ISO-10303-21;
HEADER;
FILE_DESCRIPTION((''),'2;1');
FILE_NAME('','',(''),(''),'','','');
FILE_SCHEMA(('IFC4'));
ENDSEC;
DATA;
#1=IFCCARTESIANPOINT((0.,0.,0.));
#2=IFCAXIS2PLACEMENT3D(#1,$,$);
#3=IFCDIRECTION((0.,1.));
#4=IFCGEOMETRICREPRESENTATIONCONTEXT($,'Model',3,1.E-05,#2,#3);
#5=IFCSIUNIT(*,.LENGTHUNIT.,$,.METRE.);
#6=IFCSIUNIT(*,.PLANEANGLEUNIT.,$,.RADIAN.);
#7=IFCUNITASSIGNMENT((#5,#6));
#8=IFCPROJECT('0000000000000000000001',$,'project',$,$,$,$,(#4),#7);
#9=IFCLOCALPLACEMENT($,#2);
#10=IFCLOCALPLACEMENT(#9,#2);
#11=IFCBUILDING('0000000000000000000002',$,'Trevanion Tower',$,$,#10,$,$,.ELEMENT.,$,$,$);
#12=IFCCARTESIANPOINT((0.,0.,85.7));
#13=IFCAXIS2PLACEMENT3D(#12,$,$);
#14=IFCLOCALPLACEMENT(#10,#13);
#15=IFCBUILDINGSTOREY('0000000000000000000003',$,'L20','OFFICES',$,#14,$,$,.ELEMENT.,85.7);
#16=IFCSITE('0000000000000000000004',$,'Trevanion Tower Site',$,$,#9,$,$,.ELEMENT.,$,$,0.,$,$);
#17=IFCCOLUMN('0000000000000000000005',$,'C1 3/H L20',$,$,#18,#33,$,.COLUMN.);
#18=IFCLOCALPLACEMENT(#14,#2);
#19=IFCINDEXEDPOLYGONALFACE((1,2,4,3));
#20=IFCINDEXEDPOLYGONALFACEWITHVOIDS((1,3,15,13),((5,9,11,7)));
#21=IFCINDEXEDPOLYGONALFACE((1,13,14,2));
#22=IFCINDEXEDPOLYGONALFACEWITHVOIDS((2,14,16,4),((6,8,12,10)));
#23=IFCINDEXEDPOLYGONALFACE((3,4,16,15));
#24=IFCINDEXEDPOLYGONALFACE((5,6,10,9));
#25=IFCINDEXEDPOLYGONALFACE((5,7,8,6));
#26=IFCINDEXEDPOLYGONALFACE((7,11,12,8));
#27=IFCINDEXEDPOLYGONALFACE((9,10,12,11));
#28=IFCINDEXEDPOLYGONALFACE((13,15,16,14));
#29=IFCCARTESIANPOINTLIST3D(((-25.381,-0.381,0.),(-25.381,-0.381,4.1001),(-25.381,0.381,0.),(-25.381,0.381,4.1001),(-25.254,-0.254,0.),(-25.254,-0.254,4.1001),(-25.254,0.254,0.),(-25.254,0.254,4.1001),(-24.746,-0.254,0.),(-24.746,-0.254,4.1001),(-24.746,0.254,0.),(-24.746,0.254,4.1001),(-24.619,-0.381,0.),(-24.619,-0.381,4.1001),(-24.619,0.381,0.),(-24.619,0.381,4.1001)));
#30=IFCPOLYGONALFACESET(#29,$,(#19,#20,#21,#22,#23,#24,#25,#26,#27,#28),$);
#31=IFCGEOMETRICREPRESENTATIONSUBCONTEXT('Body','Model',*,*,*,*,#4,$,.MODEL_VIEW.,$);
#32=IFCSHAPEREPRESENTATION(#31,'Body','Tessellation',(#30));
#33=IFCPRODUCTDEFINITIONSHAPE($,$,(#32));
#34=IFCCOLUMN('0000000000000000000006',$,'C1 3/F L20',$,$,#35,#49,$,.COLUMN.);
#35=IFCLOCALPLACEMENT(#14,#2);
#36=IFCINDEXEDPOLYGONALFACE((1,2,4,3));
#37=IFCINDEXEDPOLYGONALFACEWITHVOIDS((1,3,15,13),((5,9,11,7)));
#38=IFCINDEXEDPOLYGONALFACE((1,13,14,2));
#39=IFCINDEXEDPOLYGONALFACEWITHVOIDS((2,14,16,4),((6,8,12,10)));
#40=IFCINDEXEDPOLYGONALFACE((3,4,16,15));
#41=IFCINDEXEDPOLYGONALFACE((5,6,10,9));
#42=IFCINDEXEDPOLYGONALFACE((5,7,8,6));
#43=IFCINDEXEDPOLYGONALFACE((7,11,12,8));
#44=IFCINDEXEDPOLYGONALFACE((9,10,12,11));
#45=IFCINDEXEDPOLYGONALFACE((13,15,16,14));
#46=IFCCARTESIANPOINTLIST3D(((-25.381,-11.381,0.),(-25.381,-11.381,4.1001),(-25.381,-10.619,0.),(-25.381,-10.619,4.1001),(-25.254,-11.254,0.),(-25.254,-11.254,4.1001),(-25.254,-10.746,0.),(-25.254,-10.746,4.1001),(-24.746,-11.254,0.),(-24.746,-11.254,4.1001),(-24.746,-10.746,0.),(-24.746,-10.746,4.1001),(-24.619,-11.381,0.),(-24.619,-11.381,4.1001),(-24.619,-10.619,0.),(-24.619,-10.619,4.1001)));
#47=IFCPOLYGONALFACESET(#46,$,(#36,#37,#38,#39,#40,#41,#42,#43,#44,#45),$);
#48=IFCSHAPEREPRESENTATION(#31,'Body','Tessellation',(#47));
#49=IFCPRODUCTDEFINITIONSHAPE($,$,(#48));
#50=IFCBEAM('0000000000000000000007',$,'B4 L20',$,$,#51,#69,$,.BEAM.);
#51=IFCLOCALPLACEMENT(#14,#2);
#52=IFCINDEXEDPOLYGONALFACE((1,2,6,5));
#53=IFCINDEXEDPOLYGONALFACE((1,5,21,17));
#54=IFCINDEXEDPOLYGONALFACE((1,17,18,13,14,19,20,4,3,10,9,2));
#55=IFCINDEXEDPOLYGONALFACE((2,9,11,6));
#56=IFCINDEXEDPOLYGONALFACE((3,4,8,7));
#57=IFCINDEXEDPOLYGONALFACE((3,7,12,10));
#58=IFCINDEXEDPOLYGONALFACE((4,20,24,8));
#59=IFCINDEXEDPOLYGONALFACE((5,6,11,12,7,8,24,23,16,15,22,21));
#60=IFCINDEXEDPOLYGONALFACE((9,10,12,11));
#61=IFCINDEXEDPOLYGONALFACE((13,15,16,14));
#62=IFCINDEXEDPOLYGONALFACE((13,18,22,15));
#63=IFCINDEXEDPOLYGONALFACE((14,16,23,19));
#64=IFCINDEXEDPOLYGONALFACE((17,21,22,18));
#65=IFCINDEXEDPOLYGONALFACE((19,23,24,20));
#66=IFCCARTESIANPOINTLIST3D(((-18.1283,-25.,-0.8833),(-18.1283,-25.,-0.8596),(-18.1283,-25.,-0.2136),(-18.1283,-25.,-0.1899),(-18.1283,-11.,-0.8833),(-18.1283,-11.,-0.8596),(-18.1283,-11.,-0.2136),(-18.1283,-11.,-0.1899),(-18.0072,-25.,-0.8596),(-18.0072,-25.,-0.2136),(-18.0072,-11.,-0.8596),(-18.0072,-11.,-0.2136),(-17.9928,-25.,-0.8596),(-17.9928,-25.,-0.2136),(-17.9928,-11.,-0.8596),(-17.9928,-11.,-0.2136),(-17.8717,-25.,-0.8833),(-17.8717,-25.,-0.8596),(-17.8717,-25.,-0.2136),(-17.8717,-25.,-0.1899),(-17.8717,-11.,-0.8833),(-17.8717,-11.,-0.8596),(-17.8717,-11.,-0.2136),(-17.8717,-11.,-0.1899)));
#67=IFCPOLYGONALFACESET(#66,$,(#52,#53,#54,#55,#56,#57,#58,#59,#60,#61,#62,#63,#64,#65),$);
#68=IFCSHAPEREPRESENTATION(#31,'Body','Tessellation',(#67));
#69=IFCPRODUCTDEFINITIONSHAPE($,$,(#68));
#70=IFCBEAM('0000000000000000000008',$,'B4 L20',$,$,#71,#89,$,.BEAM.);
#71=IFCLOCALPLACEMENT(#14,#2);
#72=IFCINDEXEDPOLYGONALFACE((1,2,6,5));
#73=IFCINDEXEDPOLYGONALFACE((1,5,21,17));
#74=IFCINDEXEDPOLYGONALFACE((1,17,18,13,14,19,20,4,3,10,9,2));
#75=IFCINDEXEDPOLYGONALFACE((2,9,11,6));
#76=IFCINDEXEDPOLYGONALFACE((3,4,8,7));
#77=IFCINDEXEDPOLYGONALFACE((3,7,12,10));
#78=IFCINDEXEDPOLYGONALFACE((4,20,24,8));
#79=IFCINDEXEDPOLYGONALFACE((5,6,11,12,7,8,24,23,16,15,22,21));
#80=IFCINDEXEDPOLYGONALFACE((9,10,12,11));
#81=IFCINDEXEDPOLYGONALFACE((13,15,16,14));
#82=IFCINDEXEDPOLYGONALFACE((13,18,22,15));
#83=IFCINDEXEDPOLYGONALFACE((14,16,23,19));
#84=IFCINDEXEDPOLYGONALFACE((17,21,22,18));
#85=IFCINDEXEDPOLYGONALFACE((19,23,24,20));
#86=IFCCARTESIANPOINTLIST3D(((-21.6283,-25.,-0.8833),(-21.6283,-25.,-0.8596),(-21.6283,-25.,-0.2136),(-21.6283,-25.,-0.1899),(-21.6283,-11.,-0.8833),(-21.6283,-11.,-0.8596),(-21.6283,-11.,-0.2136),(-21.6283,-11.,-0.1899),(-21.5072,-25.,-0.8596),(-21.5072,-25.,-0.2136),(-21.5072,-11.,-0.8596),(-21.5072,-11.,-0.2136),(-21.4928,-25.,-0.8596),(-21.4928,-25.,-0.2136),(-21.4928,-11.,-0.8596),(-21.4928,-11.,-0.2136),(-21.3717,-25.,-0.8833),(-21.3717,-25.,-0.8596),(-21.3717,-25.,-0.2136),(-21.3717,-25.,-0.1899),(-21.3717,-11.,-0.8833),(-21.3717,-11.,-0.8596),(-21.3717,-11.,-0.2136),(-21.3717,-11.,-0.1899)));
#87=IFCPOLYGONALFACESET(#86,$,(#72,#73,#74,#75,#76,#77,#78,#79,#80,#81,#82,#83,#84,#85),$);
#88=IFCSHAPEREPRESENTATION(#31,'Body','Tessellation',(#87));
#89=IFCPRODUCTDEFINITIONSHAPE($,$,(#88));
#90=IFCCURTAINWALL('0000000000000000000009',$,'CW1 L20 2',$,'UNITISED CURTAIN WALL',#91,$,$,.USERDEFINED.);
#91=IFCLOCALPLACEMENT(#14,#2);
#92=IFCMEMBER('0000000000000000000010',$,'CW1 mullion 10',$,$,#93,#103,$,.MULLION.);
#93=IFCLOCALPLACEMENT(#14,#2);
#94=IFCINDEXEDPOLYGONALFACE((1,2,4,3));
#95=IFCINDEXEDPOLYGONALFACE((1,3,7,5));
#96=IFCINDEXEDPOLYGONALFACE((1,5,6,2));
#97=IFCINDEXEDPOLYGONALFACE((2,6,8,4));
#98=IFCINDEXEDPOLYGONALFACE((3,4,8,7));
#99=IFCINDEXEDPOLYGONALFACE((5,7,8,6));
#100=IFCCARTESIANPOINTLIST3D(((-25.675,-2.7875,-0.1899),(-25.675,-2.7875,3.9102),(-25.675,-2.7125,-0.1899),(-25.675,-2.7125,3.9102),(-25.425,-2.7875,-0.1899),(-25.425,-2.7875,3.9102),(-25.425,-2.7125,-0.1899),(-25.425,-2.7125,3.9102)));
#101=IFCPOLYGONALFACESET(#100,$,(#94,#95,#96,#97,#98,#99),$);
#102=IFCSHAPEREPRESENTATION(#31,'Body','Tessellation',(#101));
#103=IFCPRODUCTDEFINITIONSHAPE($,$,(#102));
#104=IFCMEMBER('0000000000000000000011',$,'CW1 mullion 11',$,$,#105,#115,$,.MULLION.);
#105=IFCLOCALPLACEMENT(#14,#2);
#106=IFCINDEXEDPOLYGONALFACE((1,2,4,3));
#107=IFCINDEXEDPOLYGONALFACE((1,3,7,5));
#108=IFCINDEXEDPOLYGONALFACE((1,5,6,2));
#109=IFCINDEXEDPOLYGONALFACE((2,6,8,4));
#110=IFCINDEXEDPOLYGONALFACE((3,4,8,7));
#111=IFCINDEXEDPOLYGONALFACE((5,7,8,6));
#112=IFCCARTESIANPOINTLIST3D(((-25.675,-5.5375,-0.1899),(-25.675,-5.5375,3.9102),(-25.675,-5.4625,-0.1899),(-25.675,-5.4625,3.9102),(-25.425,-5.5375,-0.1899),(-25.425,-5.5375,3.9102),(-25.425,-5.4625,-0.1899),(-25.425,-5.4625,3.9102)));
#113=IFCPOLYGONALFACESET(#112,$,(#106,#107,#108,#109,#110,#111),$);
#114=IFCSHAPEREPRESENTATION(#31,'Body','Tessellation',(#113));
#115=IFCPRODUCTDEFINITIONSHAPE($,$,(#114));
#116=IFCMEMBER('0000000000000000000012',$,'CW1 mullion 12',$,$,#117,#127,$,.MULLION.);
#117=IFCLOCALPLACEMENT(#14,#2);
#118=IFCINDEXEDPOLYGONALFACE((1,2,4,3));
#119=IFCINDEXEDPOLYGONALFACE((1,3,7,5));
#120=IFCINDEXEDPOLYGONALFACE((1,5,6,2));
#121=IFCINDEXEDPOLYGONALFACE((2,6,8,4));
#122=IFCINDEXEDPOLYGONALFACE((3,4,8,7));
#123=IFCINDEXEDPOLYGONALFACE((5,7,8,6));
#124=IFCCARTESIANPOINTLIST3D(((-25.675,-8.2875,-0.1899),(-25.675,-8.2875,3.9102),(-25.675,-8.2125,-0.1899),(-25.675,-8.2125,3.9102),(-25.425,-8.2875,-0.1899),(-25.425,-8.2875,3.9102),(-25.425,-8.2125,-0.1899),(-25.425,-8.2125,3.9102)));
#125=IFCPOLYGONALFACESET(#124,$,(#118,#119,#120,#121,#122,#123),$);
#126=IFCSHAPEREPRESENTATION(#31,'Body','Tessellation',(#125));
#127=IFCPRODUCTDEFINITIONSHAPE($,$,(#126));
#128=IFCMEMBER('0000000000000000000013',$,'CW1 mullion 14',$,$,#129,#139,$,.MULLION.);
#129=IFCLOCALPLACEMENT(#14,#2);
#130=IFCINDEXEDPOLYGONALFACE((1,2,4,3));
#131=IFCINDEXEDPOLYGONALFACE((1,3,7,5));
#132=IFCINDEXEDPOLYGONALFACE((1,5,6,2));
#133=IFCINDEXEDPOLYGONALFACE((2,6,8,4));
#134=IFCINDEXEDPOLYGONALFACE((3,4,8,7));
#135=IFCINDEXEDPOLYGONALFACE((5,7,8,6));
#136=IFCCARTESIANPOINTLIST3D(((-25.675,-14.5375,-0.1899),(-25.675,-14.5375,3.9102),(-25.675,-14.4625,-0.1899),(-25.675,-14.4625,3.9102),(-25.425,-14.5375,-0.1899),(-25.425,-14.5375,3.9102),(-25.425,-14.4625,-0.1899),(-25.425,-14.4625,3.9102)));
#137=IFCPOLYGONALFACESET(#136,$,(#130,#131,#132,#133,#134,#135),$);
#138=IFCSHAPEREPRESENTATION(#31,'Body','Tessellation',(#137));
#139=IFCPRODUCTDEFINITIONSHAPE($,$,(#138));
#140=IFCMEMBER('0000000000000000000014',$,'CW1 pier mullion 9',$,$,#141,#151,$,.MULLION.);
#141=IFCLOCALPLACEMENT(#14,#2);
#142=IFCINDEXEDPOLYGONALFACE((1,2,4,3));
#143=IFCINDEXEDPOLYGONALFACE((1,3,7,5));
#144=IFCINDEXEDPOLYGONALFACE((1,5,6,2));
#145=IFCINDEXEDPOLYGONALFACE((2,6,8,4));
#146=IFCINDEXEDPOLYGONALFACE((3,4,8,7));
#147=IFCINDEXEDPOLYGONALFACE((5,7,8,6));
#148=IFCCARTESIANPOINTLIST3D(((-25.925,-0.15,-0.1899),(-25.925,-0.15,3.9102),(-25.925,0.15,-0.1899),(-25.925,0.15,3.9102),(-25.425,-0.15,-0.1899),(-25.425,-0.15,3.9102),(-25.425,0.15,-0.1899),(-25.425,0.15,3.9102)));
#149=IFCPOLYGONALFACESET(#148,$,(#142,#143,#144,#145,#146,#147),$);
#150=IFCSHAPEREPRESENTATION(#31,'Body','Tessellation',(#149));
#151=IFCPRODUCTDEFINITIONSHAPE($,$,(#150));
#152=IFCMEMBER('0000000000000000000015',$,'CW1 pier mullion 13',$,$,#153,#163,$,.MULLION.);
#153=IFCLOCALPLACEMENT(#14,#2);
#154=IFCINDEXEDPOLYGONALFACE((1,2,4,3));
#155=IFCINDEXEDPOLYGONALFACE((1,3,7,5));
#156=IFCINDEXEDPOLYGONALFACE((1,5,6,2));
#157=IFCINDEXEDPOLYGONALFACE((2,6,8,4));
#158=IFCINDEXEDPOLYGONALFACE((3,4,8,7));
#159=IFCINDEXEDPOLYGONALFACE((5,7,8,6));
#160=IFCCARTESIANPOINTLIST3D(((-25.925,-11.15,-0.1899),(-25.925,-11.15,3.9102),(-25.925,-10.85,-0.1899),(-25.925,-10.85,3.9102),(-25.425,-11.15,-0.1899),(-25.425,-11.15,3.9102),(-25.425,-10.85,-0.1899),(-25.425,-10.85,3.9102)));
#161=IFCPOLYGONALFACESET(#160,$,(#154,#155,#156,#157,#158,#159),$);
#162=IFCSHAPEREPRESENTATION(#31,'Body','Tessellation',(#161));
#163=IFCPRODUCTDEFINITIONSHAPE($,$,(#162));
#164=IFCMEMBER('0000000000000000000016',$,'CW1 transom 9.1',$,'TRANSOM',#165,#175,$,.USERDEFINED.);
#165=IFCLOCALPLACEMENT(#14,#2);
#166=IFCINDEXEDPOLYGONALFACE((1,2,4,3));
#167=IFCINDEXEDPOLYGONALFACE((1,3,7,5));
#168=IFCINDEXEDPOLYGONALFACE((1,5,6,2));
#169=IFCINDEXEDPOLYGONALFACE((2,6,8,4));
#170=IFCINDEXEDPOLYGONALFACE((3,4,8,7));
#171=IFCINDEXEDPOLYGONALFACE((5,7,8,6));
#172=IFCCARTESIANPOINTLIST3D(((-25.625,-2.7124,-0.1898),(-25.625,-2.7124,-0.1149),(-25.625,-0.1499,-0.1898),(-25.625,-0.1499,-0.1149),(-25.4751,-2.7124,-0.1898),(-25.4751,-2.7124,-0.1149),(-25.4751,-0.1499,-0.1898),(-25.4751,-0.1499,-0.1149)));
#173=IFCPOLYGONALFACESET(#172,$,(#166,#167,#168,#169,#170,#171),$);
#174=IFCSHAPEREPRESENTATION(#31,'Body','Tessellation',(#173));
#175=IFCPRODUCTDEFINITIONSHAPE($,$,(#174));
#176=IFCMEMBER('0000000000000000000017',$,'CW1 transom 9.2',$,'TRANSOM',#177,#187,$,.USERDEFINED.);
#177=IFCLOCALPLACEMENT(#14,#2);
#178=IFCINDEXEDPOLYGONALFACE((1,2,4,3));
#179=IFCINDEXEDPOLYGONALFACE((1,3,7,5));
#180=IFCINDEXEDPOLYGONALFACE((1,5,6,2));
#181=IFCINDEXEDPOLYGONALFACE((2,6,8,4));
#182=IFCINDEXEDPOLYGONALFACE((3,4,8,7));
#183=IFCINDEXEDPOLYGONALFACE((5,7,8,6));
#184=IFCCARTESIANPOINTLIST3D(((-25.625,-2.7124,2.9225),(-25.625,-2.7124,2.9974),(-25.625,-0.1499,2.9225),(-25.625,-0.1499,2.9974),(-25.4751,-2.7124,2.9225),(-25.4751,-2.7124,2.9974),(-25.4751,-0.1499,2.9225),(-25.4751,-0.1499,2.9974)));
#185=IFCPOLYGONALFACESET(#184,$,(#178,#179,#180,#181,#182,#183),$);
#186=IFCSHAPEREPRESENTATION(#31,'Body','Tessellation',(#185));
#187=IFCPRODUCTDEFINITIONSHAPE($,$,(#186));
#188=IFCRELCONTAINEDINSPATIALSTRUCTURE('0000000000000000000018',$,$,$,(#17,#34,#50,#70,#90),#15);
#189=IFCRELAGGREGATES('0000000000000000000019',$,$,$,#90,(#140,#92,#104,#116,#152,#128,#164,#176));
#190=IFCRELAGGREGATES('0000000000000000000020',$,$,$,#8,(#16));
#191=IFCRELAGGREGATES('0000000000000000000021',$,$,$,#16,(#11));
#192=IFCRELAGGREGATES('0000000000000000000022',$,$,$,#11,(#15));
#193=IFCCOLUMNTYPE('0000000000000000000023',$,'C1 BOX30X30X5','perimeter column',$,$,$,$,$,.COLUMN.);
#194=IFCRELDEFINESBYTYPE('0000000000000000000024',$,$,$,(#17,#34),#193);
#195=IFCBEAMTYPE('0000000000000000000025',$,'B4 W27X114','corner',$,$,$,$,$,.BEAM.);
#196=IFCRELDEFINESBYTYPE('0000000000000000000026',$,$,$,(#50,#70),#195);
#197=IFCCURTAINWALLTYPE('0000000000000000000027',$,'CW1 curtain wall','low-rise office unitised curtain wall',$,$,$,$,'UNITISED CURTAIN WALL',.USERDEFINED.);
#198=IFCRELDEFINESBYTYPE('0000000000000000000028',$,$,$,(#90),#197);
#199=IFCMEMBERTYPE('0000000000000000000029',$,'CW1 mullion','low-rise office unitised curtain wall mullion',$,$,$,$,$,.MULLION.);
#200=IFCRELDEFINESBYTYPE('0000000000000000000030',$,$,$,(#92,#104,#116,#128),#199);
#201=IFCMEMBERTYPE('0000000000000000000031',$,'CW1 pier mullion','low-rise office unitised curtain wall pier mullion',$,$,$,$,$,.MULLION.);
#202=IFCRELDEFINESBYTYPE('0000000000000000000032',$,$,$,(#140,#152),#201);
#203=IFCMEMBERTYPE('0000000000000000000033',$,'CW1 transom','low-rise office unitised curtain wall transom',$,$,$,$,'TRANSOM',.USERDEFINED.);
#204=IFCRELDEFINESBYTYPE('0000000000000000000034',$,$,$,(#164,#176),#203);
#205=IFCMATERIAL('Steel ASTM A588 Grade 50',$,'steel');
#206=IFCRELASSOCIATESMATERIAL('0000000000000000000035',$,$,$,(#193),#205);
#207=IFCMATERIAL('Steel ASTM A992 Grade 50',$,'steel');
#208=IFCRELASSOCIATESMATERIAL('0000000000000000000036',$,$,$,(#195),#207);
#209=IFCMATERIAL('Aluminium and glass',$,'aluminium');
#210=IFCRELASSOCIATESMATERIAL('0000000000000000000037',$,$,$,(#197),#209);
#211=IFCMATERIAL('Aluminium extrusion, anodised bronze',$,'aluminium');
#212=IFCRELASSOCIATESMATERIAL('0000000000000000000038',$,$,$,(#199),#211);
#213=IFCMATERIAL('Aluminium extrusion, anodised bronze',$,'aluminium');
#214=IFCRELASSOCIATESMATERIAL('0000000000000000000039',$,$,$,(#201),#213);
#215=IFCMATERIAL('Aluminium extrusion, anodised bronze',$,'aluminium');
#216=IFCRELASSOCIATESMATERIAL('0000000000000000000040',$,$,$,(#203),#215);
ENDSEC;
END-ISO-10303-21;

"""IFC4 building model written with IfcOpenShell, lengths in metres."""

from ifc_helpers import new_model, si_unit, direction, frame, origin, origin_2d, place, context, subcontext, project, spatial, rectangle, hollow_rectangle, i_section, extrude, material, material_profile, profile_set, type_object, element, aggregate, save


model = new_model("IFC4")

# Units and contexts
model_context = context("Model", 3, precision=1e-05, world=origin(), true_north=direction((0.0, 1.0)))
body_context = subcontext(model_context, "Body", "Model", "MODEL_VIEW")
ifc_project = project(units=[si_unit("LENGTHUNIT", "METRE"), si_unit("PLANEANGLEUNIT", "RADIAN")], contexts=[model_context])

# Site, building, storey
site_placement = place(None, origin())
site = spatial("IfcSite", under=ifc_project, at=site_placement, Name="Trevanion Tower Site", CompositionType="ELEMENT", RefElevation=0.0)
building_placement = place(site_placement, origin())
building = spatial("IfcBuilding", under=site, at=building_placement, Name="Trevanion Tower", CompositionType="ELEMENT")
storey_placement = place(building_placement, frame((0.0, 0.0, 85.7)))
storey = spatial("IfcBuildingStorey", under=building, at=storey_placement, Name="L20", Description="OFFICES", CompositionType="ELEMENT", Elevation=85.7)

# Columns
ifc_material_1 = material(Name="Steel ASTM A588 Grade 50", Category="steel")
ifc_material_profile_1 = material_profile(ifc_material_1, hollow_rectangle(XDim=0.762, YDim=0.762, WallThickness=0.127, at=origin_2d()), Name="BOX30X30X5")
ifc_profile_set_1 = profile_set([ifc_material_profile_1], Name="Steel ASTM A588 Grade 50")
column_type = type_object("IfcColumnType", Name="C1 BOX30X30X5", Description="perimeter column", PredefinedType="COLUMN", material=ifc_profile_set_1)
for number, where, z_axis, x_axis, name in (
    (1, (-25.0, 0.0, 0.0), (0.0, 0.0, 1.0), (0.0, 1.0, 0.0), "C1 3/H L20"),
    (2, (-25.0, -11.0, 0.0), (0.0, 0.0, 1.0), (0.0, 1.0, 0.0), "C1 3/F L20"),
):
    element("IfcColumn", number, at=place(storey_placement, frame(where, z_axis=z_axis, x_axis=x_axis)), inside=storey, type_object=column_type, Name=name, PredefinedType="COLUMN", context=body_context, shape_type="SweptSolid", body=[
        extrude(hollow_rectangle(XDim=0.762, YDim=0.762, WallThickness=0.127, at=origin_2d()), origin(), (0.0, 0.0, 1.0), 4.1001),
    ])

# Beams
ifc_material_2 = material(Name="Steel ASTM A992 Grade 50", Category="steel")
ifc_material_profile_2 = material_profile(ifc_material_2, i_section(OverallWidth=0.2566, OverallDepth=0.6934, WebThickness=0.0144, FlangeThickness=0.0237, at=origin_2d()), Name="W27X114")
ifc_profile_set_2 = profile_set([ifc_material_profile_2], Name="Steel ASTM A992 Grade 50")
beam_type_1 = type_object("IfcBeamType", Name="B4 W27X114", Description="corner", PredefinedType="BEAM", material=ifc_profile_set_2)
for number, where, z_axis, x_axis, name in (
    (3, (-18.0, -11.0, -0.5366), (0.0, -1.0, 0.0), (1.0, 0.0, 0.0), "B4 L20"),
    (4, (-21.5, -11.0, -0.5366), (0.0, -1.0, 0.0), (1.0, 0.0, 0.0), "B4 L20"),
):
    element("IfcBeam", number, at=place(storey_placement, frame(where, z_axis=z_axis, x_axis=x_axis)), inside=storey, type_object=beam_type_1, Name=name, PredefinedType="BEAM", context=body_context, shape_type="SweptSolid", body=[
        extrude(i_section(OverallWidth=0.2566, OverallDepth=0.6934, WebThickness=0.0144, FlangeThickness=0.0237, at=origin_2d()), origin(), (0.0, 0.0, 1.0), 14.0),
    ])

# Curtain wall, members
ifc_material_3 = material(Name="Aluminium and glass", Category="aluminium")
curtain_wall_type = type_object("IfcCurtainWallType", Name="CW1 curtain wall", Description="low-rise office unitised curtain wall", ElementType="UNITISED CURTAIN WALL", PredefinedType="USERDEFINED", material=ifc_material_3)
curtain_wall_placement = place(storey_placement, origin())
curtain_wall = element("IfcCurtainWall", 5, at=curtain_wall_placement, inside=storey, type_object=curtain_wall_type, Name="CW1 L20 2", ObjectType="UNITISED CURTAIN WALL", PredefinedType="USERDEFINED")
ifc_material_4 = material(Name="Aluminium extrusion, anodised bronze", Category="aluminium")
ifc_material_profile_3 = material_profile(ifc_material_4, rectangle(XDim=0.075, YDim=0.25, at=origin_2d()), Name="CW1 mullion")
ifc_profile_set_3 = profile_set([ifc_material_profile_3], Name="Aluminium extrusion, anodised bronze")
member_type_1 = type_object("IfcMemberType", Name="CW1 mullion", Description="low-rise office unitised curtain wall mullion", PredefinedType="MULLION", material=ifc_profile_set_3)
member_1_placement = place(storey_placement, frame((-25.55, -2.75, -0.1899), z_axis=(0.0, 0.0, 1.0), x_axis=(0.0, -1.0, 0.0)))
member_1 = element("IfcMember", 6, at=member_1_placement, type_object=member_type_1, Name="CW1 mullion 10", PredefinedType="MULLION", context=body_context, shape_type="SweptSolid", body=[
    extrude(rectangle(XDim=0.075, YDim=0.25, at=origin_2d()), origin(), (0.0, 0.0, 1.0), 4.1001),
])
member_2_placement = place(storey_placement, frame((-25.55, -5.5, -0.1899), z_axis=(0.0, 0.0, 1.0), x_axis=(0.0, -1.0, 0.0)))
member_2 = element("IfcMember", 7, at=member_2_placement, type_object=member_type_1, Name="CW1 mullion 11", PredefinedType="MULLION", context=body_context, shape_type="SweptSolid", body=[
    extrude(rectangle(XDim=0.075, YDim=0.25, at=origin_2d()), origin(), (0.0, 0.0, 1.0), 4.1001),
])
member_3_placement = place(storey_placement, frame((-25.55, -8.25, -0.1899), z_axis=(0.0, 0.0, 1.0), x_axis=(0.0, -1.0, 0.0)))
member_3 = element("IfcMember", 8, at=member_3_placement, type_object=member_type_1, Name="CW1 mullion 12", PredefinedType="MULLION", context=body_context, shape_type="SweptSolid", body=[
    extrude(rectangle(XDim=0.075, YDim=0.25, at=origin_2d()), origin(), (0.0, 0.0, 1.0), 4.1001),
])
member_4_placement = place(storey_placement, frame((-25.55, -14.5, -0.1899), z_axis=(0.0, 0.0, 1.0), x_axis=(0.0, -1.0, 0.0)))
member_4 = element("IfcMember", 9, at=member_4_placement, type_object=member_type_1, Name="CW1 mullion 14", PredefinedType="MULLION", context=body_context, shape_type="SweptSolid", body=[
    extrude(rectangle(XDim=0.075, YDim=0.25, at=origin_2d()), origin(), (0.0, 0.0, 1.0), 4.1001),
])
ifc_material_5 = material(Name="Aluminium extrusion, anodised bronze", Category="aluminium")
ifc_material_profile_4 = material_profile(ifc_material_5, rectangle(XDim=0.3, YDim=0.5, at=origin_2d()), Name="CW1 pier mullion")
ifc_profile_set_4 = profile_set([ifc_material_profile_4], Name="Aluminium extrusion, anodised bronze")
member_type_2 = type_object("IfcMemberType", Name="CW1 pier mullion", Description="low-rise office unitised curtain wall pier mullion", PredefinedType="MULLION", material=ifc_profile_set_4)
member_5_placement = place(storey_placement, frame((-25.675, 0.0, -0.1899), z_axis=(0.0, 0.0, 1.0), x_axis=(0.0, -1.0, 0.0)))
member_5 = element("IfcMember", 10, at=member_5_placement, type_object=member_type_2, Name="CW1 pier mullion 9", PredefinedType="MULLION", context=body_context, shape_type="SweptSolid", body=[
    extrude(rectangle(XDim=0.3, YDim=0.5, at=origin_2d()), origin(), (0.0, 0.0, 1.0), 4.1001),
])
member_6_placement = place(storey_placement, frame((-25.675, -11.0, -0.1899), z_axis=(0.0, 0.0, 1.0), x_axis=(0.0, -1.0, 0.0)))
member_6 = element("IfcMember", 11, at=member_6_placement, type_object=member_type_2, Name="CW1 pier mullion 13", PredefinedType="MULLION", context=body_context, shape_type="SweptSolid", body=[
    extrude(rectangle(XDim=0.3, YDim=0.5, at=origin_2d()), origin(), (0.0, 0.0, 1.0), 4.1001),
])
ifc_material_6 = material(Name="Aluminium extrusion, anodised bronze", Category="aluminium")
ifc_material_profile_5 = material_profile(ifc_material_6, rectangle(XDim=0.1499, YDim=0.075, at=origin_2d()), Name="CW1 transom")
ifc_profile_set_5 = profile_set([ifc_material_profile_5], Name="Aluminium extrusion, anodised bronze")
member_type_3 = type_object("IfcMemberType", Name="CW1 transom", Description="low-rise office unitised curtain wall transom", ElementType="TRANSOM", PredefinedType="USERDEFINED", material=ifc_profile_set_5)
member_7_placement = place(storey_placement, frame((-25.55, -0.1499, -0.1523), z_axis=(0.0, -1.0, 0.0), x_axis=(1.0, 0.0, 0.0)))
member_7 = element("IfcMember", 12, at=member_7_placement, type_object=member_type_3, Name="CW1 transom 9.1", ObjectType="TRANSOM", PredefinedType="USERDEFINED", context=body_context, shape_type="SweptSolid", body=[
    extrude(rectangle(XDim=0.1499, YDim=0.075, at=origin_2d()), origin(), (0.0, 0.0, 1.0), 2.5625),
])
member_8_placement = place(storey_placement, frame((-25.55, -0.1499, 2.96), z_axis=(0.0, -1.0, 0.0), x_axis=(1.0, 0.0, 0.0)))
member_8 = element("IfcMember", 13, at=member_8_placement, type_object=member_type_3, Name="CW1 transom 9.2", ObjectType="TRANSOM", PredefinedType="USERDEFINED", context=body_context, shape_type="SweptSolid", body=[
    extrude(rectangle(XDim=0.1499, YDim=0.075, at=origin_2d()), origin(), (0.0, 0.0, 1.0), 2.5625),
])

aggregate(curtain_wall, [member_5, member_1, member_2, member_3, member_6, member_4, member_7, member_8])

save(model, "model.ifc")
